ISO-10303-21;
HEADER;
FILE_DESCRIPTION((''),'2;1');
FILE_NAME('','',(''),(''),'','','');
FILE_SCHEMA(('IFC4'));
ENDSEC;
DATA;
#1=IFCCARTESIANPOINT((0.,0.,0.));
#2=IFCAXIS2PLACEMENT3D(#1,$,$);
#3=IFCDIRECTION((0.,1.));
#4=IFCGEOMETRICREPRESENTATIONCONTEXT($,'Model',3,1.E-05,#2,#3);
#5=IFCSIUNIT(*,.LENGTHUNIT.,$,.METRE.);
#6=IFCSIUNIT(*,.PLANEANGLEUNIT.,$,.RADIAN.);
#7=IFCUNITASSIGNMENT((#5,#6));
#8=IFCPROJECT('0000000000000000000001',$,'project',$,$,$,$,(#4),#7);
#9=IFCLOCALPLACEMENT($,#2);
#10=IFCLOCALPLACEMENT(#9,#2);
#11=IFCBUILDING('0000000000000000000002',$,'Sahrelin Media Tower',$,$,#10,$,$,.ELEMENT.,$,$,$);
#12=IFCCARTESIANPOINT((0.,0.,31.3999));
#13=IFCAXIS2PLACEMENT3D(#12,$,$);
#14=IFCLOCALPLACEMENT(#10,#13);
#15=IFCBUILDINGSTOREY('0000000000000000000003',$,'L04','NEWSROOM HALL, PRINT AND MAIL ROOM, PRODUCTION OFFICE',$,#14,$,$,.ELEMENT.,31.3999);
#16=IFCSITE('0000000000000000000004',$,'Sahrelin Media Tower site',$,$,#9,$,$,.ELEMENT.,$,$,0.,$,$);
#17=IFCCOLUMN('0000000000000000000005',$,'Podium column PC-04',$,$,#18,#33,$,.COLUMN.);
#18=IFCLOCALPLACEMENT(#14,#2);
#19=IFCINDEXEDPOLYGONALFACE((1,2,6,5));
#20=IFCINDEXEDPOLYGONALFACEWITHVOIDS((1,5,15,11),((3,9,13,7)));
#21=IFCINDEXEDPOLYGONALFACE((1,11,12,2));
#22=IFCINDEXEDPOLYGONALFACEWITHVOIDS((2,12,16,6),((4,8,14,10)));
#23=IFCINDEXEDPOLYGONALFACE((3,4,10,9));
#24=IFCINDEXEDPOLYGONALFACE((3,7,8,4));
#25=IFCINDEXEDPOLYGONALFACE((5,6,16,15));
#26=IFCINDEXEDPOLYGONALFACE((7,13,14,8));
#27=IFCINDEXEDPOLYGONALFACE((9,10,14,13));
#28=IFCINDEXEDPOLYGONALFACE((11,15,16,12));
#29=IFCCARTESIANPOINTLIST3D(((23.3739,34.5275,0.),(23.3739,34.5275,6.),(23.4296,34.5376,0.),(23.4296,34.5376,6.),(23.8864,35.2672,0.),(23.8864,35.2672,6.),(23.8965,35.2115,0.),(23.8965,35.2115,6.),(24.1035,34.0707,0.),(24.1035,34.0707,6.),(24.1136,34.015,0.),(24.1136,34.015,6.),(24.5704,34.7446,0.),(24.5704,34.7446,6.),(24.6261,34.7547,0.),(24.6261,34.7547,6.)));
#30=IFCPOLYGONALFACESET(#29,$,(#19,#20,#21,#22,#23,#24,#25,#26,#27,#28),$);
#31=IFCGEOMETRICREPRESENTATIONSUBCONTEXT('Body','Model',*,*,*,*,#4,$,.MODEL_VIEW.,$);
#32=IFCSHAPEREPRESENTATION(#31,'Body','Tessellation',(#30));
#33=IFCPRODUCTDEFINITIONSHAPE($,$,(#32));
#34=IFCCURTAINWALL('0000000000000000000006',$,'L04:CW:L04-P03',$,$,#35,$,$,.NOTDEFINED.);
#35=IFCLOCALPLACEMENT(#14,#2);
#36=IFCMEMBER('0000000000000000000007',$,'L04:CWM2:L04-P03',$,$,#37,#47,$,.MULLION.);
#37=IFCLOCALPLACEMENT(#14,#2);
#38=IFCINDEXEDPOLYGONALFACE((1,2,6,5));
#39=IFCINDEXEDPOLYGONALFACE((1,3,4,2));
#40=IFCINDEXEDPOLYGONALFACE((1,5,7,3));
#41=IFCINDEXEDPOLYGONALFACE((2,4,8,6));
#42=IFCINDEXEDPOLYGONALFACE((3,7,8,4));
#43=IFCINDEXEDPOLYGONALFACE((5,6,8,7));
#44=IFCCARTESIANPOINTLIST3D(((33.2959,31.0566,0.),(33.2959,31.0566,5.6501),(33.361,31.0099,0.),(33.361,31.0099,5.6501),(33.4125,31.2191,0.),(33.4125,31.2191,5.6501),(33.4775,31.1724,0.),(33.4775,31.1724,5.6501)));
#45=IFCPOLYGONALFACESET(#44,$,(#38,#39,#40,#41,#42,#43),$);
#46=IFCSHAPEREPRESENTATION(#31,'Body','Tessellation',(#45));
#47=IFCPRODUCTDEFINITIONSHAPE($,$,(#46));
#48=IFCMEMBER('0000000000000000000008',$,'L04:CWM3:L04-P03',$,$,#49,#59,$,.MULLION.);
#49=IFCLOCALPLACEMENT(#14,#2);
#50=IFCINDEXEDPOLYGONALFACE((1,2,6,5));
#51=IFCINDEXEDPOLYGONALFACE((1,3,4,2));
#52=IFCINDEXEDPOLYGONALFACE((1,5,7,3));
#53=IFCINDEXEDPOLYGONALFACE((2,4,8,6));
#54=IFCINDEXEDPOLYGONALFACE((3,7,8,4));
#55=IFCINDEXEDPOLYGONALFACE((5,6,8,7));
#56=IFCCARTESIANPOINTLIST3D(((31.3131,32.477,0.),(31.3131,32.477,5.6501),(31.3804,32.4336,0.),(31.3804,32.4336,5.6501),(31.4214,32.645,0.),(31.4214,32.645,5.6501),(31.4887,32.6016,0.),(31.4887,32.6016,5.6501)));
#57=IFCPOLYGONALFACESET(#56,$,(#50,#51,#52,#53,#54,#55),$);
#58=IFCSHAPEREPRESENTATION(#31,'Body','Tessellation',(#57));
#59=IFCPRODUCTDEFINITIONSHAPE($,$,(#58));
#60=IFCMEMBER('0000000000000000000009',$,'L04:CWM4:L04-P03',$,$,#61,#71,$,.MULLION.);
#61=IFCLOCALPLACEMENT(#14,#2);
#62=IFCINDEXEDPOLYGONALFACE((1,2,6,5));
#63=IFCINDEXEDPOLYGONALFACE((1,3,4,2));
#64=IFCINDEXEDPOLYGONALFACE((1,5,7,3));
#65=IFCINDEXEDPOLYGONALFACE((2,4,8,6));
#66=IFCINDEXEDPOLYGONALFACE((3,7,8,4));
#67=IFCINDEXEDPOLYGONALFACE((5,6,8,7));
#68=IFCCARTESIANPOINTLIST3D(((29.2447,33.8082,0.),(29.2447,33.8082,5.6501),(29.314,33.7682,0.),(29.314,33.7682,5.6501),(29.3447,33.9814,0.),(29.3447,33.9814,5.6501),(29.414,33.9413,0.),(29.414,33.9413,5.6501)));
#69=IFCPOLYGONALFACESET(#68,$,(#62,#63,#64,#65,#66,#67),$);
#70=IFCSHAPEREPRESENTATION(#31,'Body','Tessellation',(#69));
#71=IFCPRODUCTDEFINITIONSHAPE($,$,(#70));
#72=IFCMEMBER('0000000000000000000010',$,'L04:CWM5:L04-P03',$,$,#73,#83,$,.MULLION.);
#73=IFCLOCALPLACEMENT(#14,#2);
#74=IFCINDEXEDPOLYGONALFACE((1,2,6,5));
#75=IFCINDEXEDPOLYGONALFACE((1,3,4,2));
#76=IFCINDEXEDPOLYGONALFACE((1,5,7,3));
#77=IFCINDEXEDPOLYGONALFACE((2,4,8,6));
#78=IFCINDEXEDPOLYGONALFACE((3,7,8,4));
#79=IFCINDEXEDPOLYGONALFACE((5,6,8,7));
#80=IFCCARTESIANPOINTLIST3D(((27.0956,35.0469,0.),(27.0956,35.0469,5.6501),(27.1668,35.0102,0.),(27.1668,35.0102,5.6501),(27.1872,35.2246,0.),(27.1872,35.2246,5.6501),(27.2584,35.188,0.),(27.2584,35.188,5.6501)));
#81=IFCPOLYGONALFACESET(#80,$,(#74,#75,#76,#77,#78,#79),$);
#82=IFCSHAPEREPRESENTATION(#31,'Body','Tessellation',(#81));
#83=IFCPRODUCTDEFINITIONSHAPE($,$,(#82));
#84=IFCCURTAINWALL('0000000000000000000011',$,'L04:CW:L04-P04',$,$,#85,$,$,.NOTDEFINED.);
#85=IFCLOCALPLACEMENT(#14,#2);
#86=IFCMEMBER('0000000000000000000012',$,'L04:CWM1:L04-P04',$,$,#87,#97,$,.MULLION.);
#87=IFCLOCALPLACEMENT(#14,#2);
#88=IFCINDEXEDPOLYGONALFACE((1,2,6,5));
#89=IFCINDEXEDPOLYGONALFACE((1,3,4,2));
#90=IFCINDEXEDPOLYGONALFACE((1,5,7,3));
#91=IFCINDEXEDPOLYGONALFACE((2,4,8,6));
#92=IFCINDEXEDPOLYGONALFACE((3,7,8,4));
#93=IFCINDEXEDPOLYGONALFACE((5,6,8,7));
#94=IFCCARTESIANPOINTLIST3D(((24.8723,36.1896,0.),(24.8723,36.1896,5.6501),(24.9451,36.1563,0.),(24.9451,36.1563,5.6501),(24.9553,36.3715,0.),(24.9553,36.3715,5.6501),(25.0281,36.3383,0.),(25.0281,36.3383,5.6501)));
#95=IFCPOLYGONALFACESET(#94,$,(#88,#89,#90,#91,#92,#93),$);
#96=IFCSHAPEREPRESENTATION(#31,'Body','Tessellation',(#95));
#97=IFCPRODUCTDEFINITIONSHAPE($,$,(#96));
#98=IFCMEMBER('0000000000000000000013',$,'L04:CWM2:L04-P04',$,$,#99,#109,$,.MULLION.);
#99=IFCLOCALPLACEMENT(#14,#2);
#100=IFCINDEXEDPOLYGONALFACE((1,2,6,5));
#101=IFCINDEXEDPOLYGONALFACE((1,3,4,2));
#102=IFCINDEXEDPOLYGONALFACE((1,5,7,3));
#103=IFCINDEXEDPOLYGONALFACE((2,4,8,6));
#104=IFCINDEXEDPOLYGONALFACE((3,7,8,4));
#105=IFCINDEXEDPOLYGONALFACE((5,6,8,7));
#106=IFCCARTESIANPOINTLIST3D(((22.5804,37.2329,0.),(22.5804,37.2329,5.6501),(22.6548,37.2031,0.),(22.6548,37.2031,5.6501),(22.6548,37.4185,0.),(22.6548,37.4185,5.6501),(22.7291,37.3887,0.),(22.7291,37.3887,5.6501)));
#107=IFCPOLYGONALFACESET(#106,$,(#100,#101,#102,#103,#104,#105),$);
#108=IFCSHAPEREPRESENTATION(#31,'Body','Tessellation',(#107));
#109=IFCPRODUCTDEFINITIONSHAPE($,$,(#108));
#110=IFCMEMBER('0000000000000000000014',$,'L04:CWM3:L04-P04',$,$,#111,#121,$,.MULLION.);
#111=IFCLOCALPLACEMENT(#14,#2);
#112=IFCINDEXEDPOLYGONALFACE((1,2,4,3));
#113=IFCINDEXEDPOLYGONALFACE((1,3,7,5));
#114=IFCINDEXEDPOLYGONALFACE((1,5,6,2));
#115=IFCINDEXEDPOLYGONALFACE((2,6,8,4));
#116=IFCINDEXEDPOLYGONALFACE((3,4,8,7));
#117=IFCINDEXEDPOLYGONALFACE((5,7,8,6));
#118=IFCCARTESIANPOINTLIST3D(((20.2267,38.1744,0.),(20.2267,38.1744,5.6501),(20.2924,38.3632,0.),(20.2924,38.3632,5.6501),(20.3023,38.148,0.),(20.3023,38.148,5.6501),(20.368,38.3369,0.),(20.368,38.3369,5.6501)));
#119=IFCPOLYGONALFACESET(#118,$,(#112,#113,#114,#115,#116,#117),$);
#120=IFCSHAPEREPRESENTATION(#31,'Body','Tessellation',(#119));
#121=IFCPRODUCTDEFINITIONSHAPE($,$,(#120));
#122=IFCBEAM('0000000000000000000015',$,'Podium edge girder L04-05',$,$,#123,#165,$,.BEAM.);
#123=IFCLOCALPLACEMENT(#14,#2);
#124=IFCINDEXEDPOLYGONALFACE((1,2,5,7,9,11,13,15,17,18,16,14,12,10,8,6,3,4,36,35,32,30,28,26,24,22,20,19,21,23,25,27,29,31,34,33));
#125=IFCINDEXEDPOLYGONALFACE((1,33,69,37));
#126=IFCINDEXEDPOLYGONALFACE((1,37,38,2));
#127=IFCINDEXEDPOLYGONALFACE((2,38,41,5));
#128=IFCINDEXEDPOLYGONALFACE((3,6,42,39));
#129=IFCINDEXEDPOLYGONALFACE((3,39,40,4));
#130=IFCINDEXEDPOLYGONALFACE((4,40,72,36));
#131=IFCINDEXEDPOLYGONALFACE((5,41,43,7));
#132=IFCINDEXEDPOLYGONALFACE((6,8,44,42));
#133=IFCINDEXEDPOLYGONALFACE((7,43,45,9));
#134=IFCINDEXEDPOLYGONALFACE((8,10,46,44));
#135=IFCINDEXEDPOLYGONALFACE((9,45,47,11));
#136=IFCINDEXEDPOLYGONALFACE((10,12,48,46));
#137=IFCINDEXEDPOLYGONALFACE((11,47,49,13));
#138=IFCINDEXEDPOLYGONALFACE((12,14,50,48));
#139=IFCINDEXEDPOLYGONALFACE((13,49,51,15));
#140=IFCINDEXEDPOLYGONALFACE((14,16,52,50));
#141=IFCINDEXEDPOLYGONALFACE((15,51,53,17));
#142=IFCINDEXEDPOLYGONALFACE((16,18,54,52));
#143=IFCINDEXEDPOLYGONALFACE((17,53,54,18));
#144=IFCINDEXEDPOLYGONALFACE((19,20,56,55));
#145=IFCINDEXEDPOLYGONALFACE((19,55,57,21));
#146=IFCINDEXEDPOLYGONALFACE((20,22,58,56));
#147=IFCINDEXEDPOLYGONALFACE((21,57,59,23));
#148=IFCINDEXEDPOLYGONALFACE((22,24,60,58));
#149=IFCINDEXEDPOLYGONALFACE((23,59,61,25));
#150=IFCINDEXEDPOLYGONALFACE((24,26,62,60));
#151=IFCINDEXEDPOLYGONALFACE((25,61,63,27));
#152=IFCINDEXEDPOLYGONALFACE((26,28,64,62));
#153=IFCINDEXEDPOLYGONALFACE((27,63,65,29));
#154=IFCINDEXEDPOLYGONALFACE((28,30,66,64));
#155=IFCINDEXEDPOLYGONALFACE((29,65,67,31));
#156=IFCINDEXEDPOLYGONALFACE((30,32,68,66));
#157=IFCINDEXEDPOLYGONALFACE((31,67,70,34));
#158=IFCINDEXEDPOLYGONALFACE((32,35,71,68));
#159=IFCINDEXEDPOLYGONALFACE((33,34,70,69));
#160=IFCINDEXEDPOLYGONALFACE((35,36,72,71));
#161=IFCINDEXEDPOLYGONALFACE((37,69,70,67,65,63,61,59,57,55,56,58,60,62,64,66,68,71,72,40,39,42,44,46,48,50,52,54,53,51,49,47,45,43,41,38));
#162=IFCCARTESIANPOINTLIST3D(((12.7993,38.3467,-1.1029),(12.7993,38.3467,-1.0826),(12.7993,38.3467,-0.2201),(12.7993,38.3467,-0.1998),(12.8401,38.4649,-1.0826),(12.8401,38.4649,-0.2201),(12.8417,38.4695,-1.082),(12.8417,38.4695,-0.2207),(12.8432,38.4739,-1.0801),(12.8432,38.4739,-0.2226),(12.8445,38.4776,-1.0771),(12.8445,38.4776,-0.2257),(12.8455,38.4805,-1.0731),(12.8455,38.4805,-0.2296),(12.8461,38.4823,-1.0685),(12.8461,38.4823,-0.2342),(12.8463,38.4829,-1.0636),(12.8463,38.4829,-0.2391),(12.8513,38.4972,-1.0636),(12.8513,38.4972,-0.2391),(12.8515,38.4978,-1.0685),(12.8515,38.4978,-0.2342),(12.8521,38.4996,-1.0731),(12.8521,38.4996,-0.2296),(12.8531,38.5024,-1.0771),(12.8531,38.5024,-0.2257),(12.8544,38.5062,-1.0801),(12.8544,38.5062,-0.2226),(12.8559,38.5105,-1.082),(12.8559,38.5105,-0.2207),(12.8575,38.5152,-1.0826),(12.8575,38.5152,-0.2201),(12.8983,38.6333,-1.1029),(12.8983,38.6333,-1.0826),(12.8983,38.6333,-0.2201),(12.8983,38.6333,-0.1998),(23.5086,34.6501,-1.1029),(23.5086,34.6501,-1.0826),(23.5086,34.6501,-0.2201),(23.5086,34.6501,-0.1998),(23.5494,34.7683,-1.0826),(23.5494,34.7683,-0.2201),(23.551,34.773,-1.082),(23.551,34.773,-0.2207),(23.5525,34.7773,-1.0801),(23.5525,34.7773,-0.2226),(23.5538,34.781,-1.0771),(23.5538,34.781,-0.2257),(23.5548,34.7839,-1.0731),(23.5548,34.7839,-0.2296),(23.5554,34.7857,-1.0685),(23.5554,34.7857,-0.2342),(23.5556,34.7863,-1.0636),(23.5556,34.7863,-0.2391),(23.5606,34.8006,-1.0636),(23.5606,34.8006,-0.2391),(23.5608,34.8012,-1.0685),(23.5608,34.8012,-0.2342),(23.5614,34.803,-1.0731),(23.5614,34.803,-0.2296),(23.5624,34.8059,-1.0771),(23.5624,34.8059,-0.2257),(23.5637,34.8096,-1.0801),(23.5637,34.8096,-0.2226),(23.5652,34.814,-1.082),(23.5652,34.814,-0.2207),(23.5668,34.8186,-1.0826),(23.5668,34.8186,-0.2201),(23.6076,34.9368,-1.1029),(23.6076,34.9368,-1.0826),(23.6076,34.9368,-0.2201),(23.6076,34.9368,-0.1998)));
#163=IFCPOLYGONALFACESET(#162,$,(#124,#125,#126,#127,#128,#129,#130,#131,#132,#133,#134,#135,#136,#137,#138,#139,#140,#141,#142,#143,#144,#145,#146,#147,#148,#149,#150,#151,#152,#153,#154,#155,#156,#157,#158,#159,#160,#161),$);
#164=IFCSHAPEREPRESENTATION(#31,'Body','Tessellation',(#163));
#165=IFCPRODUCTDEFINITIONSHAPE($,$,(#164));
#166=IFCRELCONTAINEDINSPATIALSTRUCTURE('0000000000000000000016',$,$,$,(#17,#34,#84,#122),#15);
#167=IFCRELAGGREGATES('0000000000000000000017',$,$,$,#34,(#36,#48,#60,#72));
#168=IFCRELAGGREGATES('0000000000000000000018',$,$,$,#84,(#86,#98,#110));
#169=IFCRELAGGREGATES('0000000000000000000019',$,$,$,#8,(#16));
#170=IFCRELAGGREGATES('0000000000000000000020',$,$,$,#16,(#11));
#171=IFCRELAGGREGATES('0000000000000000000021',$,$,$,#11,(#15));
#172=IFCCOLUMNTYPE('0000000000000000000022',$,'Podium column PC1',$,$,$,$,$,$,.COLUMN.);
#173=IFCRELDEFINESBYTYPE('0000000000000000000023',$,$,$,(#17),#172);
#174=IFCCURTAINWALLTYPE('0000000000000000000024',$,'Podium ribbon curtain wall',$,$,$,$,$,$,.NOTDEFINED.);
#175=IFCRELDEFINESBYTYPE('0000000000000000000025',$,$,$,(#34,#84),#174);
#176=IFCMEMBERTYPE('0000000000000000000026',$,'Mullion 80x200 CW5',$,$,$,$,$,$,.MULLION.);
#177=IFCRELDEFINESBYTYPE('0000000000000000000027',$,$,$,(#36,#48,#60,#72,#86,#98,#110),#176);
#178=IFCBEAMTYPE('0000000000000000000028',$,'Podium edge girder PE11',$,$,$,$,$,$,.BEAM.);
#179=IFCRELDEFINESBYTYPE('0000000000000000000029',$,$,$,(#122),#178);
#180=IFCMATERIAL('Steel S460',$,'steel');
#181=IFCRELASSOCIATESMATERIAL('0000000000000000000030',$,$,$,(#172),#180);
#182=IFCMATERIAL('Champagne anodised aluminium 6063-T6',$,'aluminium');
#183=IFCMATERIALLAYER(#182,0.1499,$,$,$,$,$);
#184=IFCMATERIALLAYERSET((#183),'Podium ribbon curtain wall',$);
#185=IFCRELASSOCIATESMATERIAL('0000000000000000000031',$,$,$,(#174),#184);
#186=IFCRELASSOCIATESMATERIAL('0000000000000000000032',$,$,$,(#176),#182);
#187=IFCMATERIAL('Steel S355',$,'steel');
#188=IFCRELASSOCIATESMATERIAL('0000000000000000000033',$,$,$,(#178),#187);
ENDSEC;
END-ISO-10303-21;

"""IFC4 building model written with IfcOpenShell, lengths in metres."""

from ifc_helpers import new_model, si_unit, direction, frame, origin, origin_2d, place, context, subcontext, project, spatial, rectangle, hollow_rectangle, i_section, extrude, material, layer, layer_set, material_profile, profile_set, type_object, element, aggregate, save


model = new_model("IFC4")

# Units and contexts
model_context = context("Model", 3, precision=1e-05, world=origin(), true_north=direction((0.0, 1.0)))
body_context = subcontext(model_context, "Body", "Model", "MODEL_VIEW")
ifc_project = project(units=[si_unit("LENGTHUNIT", "METRE"), si_unit("PLANEANGLEUNIT", "RADIAN")], contexts=[model_context])

# Site, building, storey
site_placement = place(None, origin())
site = spatial("IfcSite", under=ifc_project, at=site_placement, Name="Sahrelin Media Tower site", CompositionType="ELEMENT", RefElevation=0.0)
building_placement = place(site_placement, origin())
building = spatial("IfcBuilding", under=site, at=building_placement, Name="Sahrelin Media Tower", CompositionType="ELEMENT")
storey_placement = place(building_placement, frame((0.0, 0.0, 31.3999)))
storey = spatial("IfcBuildingStorey", under=building, at=storey_placement, Name="L04", Description="NEWSROOM HALL, PRINT AND MAIL ROOM, PRODUCTION OFFICE", CompositionType="ELEMENT", Elevation=31.3999)

# Column
ifc_material_1 = material(Name="Steel S460", Category="steel")
ifc_material_profile_1 = material_profile(ifc_material_1, hollow_rectangle(XDim=0.8999, YDim=0.8999, WallThickness=0.04, at=origin_2d()), Name="Podium column PC1")
ifc_profile_set_1 = profile_set([ifc_material_profile_1], Name="Steel S460")
column_type = type_object("IfcColumnType", Name="Podium column PC1", PredefinedType="COLUMN", material=ifc_profile_set_1)
column_placement = place(storey_placement, frame((24.0, 34.6411, 0.0), z_axis=(0.0, 0.0, 1.0), x_axis=(0.569495, 0.821995, 0.0)))
element("IfcColumn", 1, at=column_placement, inside=storey, type_object=column_type, Name="Podium column PC-04", PredefinedType="COLUMN", context=body_context, shape_type="SweptSolid", body=[
    extrude(hollow_rectangle(XDim=0.8999, YDim=0.8999, WallThickness=0.04, at=origin_2d()), origin(), (0.0, 0.0, 1.0), 6.0),
])

# Curtain walls, members
ifc_material_2 = material(Name="Champagne anodised aluminium 6063-T6", Category="aluminium")
ifc_layer_1 = layer(ifc_material_2, 0.1499)
ifc_layer_set_1 = layer_set([ifc_layer_1], Name="Podium ribbon curtain wall")
curtain_wall_type = type_object("IfcCurtainWallType", Name="Podium ribbon curtain wall", PredefinedType="NOTDEFINED", material=ifc_layer_set_1)
curtain_wall_1_placement = place(storey_placement, frame((35.3552, 29.6985, 0.0), z_axis=(0.0, 0.0, 1.0), x_axis=(1.0, 0.0, 0.0)))
curtain_wall_1 = element("IfcCurtainWall", 2, at=curtain_wall_1_placement, inside=storey, type_object=curtain_wall_type, Name="L04:CW:L04-P03", PredefinedType="NOTDEFINED")
ifc_material_profile_2 = material_profile(ifc_material_2, rectangle(XDim=0.0801, YDim=0.2, at=origin_2d()), Name="Mullion 80x200")
ifc_profile_set_2 = profile_set([ifc_material_profile_2], Name="Champagne anodised aluminium 6063-T6")
member_type_1 = type_object("IfcMemberType", Name="Mullion 80x200 CW5", PredefinedType="MULLION", material=ifc_profile_set_2)
member_1_placement = place(storey_placement, frame((33.3867, 31.1145, 0.0), z_axis=(0.0, 0.0, 1.0), x_axis=(-0.812532, 0.582916, 0.0)))
member_1 = element("IfcMember", 3, at=member_1_placement, type_object=member_type_1, Name="L04:CWM2:L04-P03", PredefinedType="MULLION", context=body_context, shape_type="SweptSolid", body=[
    extrude(rectangle(XDim=0.0801, YDim=0.2, at=origin_2d()), origin(), (0.0, 0.0, 1.0), 5.6501),
])
member_2_placement = place(storey_placement, frame((31.4009, 32.5393, 0.0), z_axis=(0.0, 0.0, 1.0), x_axis=(-0.840519, 0.541782, 0.0)))
member_2 = element("IfcMember", 4, at=member_2_placement, type_object=member_type_1, Name="L04:CWM3:L04-P03", PredefinedType="MULLION", context=body_context, shape_type="SweptSolid", body=[
    extrude(rectangle(XDim=0.0801, YDim=0.2, at=origin_2d()), origin(), (0.0, 0.0, 1.0), 5.6501),
])
member_3_placement = place(storey_placement, frame((29.3293, 33.8748, 0.0), z_axis=(0.0, 0.0, 1.0), x_axis=(-0.866029, 0.499994, 0.0)))
member_3 = element("IfcMember", 5, at=member_3_placement, type_object=member_type_1, Name="L04:CWM4:L04-P03", PredefinedType="MULLION", context=body_context, shape_type="SweptSolid", body=[
    extrude(rectangle(XDim=0.0801, YDim=0.2, at=origin_2d()), origin(), (0.0, 0.0, 1.0), 5.6501),
])
member_4_placement = place(storey_placement, frame((27.177, 35.1174, 0.0), z_axis=(0.0, 0.0, 1.0), x_axis=(-0.889123, 0.457668, 0.0)))
member_4 = element("IfcMember", 6, at=member_4_placement, type_object=member_type_1, Name="L04:CWM5:L04-P03", PredefinedType="MULLION", context=body_context, shape_type="SweptSolid", body=[
    extrude(rectangle(XDim=0.0801, YDim=0.2, at=origin_2d()), origin(), (0.0, 0.0, 1.0), 5.6501),
])
curtain_wall_2_placement = place(storey_placement, frame((25.0, 36.373, 0.0), z_axis=(0.0, 0.0, 1.0), x_axis=(1.0, 0.0, 0.0)))
curtain_wall_2 = element("IfcCurtainWall", 7, at=curtain_wall_2_placement, inside=storey, type_object=curtain_wall_type, Name="L04:CW:L04-P04", PredefinedType="NOTDEFINED")
member_5_placement = place(storey_placement, frame((24.9502, 36.2639, 0.0), z_axis=(0.0, 0.0, 1.0), x_axis=(-0.909842, 0.414955, 0.0)))
member_5 = element("IfcMember", 8, at=member_5_placement, type_object=member_type_1, Name="L04:CWM1:L04-P04", PredefinedType="MULLION", context=body_context, shape_type="SweptSolid", body=[
    extrude(rectangle(XDim=0.0801, YDim=0.2, at=origin_2d()), origin(), (0.0, 0.0, 1.0), 5.6501),
])
member_6_placement = place(storey_placement, frame((22.6548, 37.3108, 0.0), z_axis=(0.0, 0.0, 1.0), x_axis=(-0.92827, 0.371906, 0.0)))
member_6 = element("IfcMember", 9, at=member_6_placement, type_object=member_type_1, Name="L04:CWM2:L04-P04", PredefinedType="MULLION", context=body_context, shape_type="SweptSolid", body=[
    extrude(rectangle(XDim=0.0801, YDim=0.2, at=origin_2d()), origin(), (0.0, 0.0, 1.0), 5.6501),
])
member_7_placement = place(storey_placement, frame((20.2974, 38.2556, 0.0), z_axis=(0.0, 0.0, 1.0), x_axis=(-0.944458, 0.328631, 0.0)))
member_7 = element("IfcMember", 10, at=member_7_placement, type_object=member_type_1, Name="L04:CWM3:L04-P04", PredefinedType="MULLION", context=body_context, shape_type="SweptSolid", body=[
    extrude(rectangle(XDim=0.0801, YDim=0.2, at=origin_2d()), origin(), (0.0, 0.0, 1.0), 5.6501),
])

# Beam
ifc_material_3 = material(Name="Steel S355", Category="steel")
ifc_material_profile_3 = material_profile(ifc_material_3, i_section(OverallWidth=0.3032, OverallDepth=0.9031, WebThickness=0.0151, FlangeThickness=0.0203, FilletRadius=0.019, at=origin_2d()), Name="UB 914x305x201")
ifc_profile_set_3 = profile_set([ifc_material_profile_3], Name="Steel S355")
beam_type_1 = type_object("IfcBeamType", Name="Podium edge girder PE11", PredefinedType="BEAM", material=ifc_profile_set_3)
beam_1_placement = place(storey_placement, frame((23.5581, 34.7935, -0.6514), z_axis=(-0.945272, 0.326282, 0.0), x_axis=(-0.326282, -0.945272, 0.0)))
element("IfcBeam", 11, at=beam_1_placement, inside=storey, type_object=beam_type_1, Name="Podium edge girder L04-05", PredefinedType="BEAM", context=body_context, shape_type="SweptSolid", body=[
    extrude(i_section(OverallWidth=0.3032, OverallDepth=0.9031, WebThickness=0.0151, FlangeThickness=0.0203, FilletRadius=0.019, at=origin_2d()), origin(), (0.0, 0.0, 1.0), 11.3293),
])

aggregate(curtain_wall_1, [member_1, member_2, member_3, member_4])
aggregate(curtain_wall_2, [member_5, member_6, member_7])

save(model, "model.ifc")
